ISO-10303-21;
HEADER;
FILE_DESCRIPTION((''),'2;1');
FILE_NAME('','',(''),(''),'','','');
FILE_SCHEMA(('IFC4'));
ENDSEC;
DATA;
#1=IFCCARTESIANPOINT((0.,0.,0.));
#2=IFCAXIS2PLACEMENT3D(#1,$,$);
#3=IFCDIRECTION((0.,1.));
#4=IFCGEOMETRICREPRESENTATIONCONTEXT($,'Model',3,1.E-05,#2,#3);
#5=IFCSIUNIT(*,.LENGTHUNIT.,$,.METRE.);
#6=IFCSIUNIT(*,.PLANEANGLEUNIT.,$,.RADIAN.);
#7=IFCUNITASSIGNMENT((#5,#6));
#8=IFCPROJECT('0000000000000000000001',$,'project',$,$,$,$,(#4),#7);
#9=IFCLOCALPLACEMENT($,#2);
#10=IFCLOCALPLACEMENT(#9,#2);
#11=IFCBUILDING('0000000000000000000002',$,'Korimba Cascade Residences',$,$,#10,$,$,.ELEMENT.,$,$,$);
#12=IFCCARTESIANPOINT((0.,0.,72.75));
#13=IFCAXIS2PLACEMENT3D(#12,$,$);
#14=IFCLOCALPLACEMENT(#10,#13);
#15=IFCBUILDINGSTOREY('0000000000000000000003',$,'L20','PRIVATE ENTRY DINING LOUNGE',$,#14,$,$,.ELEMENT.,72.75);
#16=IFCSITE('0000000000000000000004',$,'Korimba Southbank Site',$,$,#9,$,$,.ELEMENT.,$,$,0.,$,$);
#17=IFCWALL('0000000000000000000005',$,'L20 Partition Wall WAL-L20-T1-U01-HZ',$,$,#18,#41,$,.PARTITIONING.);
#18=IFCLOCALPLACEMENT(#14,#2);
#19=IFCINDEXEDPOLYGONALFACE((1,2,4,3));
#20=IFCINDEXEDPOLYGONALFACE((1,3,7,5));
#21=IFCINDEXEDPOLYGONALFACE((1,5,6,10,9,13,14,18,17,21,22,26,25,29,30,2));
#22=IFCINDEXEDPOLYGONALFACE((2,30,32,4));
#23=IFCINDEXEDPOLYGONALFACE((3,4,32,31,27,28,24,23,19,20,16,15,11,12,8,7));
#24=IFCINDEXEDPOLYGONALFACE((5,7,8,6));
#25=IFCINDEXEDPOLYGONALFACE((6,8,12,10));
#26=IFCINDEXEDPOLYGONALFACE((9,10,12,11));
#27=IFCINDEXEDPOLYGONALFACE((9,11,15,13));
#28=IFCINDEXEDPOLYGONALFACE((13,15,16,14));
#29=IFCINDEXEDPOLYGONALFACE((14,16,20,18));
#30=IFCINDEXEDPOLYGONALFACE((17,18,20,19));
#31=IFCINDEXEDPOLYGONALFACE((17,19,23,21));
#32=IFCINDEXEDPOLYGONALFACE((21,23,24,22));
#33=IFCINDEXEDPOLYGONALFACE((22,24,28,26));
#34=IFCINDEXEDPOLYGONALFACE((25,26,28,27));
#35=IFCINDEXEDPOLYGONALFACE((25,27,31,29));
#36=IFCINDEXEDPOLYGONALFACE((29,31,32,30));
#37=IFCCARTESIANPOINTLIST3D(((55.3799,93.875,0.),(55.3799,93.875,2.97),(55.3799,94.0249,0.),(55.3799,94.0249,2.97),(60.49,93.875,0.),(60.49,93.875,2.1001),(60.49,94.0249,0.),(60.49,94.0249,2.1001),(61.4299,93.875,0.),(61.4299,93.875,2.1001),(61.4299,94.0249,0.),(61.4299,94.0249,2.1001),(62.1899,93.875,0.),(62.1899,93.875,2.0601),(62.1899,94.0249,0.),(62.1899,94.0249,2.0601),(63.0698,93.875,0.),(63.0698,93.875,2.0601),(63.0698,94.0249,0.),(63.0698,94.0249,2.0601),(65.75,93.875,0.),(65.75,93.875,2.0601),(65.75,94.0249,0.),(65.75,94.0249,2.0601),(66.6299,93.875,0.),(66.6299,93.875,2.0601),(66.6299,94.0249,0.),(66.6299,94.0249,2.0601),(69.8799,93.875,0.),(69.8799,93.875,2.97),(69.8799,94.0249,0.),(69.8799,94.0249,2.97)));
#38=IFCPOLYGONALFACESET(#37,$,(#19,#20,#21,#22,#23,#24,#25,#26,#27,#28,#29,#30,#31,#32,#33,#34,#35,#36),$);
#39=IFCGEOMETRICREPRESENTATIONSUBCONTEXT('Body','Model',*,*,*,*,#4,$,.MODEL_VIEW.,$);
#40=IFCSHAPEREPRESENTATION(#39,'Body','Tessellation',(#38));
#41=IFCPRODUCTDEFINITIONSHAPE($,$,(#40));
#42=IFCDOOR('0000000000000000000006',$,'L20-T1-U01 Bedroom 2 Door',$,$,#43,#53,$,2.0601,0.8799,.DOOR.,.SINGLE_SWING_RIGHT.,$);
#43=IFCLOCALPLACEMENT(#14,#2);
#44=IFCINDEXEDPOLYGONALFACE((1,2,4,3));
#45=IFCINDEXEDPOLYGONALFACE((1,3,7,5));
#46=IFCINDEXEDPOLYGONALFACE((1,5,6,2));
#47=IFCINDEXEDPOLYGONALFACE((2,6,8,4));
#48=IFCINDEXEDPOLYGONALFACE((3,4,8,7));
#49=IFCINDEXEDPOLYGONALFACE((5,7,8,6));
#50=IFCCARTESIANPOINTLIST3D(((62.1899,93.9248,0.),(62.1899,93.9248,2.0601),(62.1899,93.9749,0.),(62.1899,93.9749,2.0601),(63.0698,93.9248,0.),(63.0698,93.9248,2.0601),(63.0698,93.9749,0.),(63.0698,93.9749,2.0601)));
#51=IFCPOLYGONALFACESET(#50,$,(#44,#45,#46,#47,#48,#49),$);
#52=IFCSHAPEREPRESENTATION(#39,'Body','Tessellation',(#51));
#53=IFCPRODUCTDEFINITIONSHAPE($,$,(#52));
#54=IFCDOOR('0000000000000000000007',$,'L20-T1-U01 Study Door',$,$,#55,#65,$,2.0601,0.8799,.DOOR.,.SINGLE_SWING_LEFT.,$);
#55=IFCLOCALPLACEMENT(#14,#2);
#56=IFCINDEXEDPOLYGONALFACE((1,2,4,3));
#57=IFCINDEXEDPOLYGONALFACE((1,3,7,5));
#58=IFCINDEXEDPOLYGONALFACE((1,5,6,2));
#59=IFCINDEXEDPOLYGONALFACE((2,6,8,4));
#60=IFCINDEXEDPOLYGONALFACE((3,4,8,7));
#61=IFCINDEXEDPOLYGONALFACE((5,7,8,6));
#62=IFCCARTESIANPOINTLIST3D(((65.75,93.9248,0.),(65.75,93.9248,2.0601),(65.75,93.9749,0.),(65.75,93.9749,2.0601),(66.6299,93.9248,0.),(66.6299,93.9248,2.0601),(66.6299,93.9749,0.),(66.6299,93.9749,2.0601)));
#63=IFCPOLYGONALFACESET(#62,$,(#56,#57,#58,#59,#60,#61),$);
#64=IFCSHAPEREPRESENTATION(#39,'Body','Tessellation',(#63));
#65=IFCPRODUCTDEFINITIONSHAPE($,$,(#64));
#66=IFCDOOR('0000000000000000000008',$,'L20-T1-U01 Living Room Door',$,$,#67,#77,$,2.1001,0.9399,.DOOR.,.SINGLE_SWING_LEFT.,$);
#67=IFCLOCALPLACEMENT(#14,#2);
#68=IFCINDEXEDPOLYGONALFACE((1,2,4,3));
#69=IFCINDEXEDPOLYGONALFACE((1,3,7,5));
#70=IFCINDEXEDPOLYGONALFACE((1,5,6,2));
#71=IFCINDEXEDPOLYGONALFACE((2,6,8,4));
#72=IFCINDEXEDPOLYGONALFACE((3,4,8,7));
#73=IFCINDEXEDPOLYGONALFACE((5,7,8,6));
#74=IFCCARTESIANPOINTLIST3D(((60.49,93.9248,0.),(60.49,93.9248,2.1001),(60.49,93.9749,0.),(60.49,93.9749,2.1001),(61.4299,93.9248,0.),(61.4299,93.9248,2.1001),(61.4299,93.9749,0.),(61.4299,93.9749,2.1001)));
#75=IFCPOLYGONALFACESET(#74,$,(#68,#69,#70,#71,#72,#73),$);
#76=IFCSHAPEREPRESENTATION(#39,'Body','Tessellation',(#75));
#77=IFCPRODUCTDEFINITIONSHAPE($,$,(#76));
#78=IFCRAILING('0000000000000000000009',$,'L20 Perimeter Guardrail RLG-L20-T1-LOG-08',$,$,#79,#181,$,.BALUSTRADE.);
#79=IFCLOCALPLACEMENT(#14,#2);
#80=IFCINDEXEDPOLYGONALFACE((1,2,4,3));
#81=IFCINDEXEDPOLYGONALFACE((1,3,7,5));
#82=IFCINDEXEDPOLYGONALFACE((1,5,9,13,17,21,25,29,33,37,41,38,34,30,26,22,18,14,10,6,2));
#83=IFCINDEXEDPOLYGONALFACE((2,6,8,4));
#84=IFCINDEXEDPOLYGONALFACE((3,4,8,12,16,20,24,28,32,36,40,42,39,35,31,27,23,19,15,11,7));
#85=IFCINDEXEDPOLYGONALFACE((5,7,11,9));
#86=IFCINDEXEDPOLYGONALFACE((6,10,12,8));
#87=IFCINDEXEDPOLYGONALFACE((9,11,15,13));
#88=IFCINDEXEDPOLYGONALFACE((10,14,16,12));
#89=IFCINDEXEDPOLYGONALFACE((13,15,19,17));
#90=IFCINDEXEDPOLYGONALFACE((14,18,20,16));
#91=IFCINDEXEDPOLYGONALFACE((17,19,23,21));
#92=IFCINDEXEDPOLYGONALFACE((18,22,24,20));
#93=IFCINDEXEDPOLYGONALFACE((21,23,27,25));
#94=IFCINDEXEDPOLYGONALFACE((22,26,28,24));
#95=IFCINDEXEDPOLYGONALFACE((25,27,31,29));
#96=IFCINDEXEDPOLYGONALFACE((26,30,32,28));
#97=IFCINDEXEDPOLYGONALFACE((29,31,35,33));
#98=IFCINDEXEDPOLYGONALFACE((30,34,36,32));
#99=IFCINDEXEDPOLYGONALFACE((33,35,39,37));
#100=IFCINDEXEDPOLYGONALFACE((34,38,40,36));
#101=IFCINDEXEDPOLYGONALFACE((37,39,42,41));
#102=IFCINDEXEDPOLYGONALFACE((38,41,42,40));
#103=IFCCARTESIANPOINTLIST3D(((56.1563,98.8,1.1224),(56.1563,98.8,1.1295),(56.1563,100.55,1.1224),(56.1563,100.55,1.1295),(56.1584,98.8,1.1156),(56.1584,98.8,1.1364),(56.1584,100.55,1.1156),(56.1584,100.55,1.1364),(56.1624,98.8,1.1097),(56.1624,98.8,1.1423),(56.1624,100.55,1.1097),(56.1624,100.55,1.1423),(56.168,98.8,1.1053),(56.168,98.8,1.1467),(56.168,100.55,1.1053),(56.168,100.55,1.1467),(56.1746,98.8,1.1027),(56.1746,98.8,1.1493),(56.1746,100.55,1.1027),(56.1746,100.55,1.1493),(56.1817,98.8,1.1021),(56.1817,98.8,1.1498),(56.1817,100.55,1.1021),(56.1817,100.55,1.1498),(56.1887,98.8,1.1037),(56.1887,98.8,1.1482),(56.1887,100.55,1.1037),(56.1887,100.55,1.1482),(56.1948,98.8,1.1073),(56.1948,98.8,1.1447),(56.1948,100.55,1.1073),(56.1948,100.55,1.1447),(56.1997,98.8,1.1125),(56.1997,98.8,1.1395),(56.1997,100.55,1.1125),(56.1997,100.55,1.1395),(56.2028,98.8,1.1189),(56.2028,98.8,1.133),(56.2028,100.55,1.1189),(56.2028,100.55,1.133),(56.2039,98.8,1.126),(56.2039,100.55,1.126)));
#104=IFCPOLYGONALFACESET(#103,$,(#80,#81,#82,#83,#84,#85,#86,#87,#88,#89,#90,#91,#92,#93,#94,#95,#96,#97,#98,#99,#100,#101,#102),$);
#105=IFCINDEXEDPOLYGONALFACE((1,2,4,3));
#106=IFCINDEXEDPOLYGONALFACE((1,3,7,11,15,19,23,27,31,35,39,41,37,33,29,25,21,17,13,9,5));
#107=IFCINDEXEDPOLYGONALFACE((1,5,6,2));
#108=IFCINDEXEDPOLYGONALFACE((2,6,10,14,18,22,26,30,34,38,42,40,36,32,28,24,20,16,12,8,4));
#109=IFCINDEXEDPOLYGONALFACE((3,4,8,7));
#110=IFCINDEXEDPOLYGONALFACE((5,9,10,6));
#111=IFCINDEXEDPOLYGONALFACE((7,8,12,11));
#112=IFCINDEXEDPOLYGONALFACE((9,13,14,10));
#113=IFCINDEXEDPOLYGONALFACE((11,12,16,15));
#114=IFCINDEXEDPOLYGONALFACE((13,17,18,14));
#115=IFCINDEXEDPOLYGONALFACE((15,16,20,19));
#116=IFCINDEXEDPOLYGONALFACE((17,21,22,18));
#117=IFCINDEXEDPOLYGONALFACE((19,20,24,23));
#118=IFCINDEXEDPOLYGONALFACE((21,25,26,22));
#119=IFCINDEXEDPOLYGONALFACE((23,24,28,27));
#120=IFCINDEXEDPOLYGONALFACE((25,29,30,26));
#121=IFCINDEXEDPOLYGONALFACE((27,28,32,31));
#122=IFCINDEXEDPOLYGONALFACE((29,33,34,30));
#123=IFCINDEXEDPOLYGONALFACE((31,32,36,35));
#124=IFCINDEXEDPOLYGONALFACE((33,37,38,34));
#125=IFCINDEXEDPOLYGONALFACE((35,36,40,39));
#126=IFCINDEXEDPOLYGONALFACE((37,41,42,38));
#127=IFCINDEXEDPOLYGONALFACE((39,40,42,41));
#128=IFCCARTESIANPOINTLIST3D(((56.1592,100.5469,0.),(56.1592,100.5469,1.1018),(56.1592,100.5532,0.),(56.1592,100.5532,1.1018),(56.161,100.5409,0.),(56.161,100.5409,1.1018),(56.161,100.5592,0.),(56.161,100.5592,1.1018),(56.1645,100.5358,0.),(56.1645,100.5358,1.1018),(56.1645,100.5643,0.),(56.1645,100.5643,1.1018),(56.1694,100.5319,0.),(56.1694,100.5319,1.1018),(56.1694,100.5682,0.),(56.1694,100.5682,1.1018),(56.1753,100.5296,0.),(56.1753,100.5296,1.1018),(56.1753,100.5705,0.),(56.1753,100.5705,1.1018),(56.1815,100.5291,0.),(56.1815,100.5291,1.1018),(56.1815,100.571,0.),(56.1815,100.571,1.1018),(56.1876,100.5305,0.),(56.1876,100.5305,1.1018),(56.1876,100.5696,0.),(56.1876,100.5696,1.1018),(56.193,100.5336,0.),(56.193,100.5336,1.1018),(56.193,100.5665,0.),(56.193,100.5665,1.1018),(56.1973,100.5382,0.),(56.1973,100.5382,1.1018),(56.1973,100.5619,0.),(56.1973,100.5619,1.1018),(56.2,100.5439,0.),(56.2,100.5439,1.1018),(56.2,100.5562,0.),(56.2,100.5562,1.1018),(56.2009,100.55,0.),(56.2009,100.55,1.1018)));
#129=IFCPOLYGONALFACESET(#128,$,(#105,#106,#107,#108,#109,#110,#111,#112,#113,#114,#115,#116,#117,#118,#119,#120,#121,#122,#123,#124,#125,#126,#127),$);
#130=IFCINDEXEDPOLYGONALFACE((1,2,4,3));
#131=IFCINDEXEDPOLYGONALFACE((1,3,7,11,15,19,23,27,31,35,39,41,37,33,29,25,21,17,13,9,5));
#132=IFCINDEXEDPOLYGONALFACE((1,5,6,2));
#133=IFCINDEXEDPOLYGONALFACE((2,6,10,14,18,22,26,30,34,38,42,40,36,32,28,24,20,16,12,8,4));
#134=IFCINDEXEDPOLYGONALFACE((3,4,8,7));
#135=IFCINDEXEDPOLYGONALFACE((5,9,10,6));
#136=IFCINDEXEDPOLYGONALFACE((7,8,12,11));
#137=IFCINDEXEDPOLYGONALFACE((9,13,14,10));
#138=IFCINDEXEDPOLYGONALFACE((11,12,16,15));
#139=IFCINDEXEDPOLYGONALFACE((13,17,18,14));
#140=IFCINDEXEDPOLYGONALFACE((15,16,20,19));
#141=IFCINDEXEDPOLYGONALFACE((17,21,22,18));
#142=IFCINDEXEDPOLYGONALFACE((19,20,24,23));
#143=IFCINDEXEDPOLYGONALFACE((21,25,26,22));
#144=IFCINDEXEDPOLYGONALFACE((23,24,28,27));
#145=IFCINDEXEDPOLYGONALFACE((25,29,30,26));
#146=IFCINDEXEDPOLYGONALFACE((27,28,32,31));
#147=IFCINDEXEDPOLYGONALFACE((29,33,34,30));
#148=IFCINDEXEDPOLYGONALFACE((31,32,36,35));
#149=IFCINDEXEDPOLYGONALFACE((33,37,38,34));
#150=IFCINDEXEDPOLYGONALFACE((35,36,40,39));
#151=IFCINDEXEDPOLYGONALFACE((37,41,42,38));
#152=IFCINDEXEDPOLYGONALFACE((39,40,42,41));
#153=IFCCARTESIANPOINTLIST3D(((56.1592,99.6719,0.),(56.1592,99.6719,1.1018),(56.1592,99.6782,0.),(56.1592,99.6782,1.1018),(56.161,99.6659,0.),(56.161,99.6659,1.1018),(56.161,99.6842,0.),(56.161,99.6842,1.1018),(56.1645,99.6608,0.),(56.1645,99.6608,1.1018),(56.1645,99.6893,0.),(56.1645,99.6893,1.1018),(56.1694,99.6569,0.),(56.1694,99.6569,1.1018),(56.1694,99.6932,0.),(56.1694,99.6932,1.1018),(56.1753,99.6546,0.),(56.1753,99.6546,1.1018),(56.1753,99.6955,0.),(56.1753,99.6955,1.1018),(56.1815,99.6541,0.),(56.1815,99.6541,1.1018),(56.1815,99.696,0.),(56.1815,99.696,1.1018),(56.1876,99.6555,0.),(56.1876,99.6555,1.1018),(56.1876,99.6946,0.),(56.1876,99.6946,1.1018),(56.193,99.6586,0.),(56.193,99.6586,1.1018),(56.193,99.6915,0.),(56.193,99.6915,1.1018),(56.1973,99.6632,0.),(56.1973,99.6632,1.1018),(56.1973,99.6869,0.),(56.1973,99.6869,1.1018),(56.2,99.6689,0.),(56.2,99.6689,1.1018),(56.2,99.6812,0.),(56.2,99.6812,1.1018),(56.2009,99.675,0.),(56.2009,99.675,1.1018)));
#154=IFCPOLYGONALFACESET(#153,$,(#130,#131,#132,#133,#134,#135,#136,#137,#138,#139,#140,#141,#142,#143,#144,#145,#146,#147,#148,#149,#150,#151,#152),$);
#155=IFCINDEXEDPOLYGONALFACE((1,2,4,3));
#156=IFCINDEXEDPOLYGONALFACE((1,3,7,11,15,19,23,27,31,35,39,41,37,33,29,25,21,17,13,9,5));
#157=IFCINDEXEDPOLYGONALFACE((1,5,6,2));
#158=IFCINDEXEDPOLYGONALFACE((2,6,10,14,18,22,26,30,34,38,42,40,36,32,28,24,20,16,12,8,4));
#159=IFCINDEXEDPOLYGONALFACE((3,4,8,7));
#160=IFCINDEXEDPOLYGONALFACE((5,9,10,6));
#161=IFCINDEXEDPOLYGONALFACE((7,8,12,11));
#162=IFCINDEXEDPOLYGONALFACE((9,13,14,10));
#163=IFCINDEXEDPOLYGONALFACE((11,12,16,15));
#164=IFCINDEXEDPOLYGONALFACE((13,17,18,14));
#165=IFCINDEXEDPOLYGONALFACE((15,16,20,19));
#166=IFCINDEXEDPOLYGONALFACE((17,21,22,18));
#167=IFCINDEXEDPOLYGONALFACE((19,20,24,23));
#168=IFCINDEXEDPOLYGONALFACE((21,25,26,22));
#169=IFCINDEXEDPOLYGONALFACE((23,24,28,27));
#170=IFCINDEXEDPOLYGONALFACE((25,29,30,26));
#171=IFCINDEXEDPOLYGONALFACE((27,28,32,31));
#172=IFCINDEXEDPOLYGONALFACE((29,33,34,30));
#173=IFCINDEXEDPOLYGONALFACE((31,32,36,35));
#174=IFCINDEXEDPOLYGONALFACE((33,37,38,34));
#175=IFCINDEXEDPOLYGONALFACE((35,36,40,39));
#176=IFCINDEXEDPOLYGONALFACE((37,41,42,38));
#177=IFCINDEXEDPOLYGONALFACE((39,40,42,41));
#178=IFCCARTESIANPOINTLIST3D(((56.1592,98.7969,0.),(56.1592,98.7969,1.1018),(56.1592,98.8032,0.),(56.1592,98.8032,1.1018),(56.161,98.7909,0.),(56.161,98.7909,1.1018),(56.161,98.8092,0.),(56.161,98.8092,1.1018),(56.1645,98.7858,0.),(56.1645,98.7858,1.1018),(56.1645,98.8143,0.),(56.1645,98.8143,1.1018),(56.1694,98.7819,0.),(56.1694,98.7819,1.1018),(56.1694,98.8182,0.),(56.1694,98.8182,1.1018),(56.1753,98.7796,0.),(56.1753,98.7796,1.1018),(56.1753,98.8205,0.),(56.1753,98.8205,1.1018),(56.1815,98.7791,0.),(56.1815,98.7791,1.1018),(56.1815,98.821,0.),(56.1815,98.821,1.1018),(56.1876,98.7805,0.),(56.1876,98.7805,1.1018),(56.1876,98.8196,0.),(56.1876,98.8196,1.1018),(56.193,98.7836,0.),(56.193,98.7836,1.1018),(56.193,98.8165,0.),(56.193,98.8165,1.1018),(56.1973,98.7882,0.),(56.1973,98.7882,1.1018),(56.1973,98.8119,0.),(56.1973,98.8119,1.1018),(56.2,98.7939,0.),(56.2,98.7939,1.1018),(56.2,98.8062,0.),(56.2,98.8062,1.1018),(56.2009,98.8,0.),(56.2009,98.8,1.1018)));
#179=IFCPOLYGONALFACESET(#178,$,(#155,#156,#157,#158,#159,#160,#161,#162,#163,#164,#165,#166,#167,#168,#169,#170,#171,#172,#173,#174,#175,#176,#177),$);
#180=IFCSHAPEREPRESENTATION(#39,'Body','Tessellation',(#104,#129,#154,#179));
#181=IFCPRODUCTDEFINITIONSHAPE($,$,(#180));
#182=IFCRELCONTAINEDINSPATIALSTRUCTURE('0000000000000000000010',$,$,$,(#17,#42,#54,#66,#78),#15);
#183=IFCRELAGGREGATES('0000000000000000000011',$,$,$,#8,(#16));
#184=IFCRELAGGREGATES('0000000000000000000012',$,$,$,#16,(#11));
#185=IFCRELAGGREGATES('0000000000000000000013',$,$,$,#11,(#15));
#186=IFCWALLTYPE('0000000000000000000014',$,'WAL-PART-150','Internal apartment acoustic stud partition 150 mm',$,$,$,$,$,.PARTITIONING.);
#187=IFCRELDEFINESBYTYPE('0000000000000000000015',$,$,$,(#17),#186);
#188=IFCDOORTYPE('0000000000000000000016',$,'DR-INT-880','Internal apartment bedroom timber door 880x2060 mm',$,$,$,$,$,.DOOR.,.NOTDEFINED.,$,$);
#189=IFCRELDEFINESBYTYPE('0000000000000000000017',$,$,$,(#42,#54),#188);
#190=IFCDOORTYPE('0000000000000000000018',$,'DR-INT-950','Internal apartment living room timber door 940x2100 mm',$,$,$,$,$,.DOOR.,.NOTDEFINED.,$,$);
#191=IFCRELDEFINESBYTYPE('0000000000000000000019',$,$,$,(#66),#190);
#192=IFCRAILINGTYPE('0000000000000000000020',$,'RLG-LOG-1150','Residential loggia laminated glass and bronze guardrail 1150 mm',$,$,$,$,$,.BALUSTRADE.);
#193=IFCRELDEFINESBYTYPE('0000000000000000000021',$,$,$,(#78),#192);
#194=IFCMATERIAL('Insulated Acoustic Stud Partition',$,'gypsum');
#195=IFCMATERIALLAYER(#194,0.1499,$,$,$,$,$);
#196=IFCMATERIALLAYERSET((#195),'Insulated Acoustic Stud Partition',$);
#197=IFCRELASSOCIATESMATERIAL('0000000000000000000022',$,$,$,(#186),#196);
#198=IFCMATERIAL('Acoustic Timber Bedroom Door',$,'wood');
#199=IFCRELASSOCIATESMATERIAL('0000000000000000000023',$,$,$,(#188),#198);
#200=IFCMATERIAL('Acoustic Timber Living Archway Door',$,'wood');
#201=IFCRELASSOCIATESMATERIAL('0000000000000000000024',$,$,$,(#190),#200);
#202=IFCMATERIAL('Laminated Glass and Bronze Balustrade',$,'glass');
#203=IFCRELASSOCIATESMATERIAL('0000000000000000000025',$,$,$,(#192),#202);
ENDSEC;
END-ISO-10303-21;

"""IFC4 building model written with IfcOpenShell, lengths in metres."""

from ifc_helpers import new_model, si_unit, direction, frame, frame_2d, origin, origin_2d, place, context, subcontext, project, spatial, rectangle, circle, extrude, material, layer, layer_set, type_object, element, fill, save


model = new_model("IFC4")

# Units and contexts
model_context = context("Model", 3, precision=1e-05, world=origin(), true_north=direction((0.0, 1.0)))
body_context = subcontext(model_context, "Body", "Model", "MODEL_VIEW")
ifc_project = project(units=[si_unit("LENGTHUNIT", "METRE"), si_unit("PLANEANGLEUNIT", "RADIAN")], contexts=[model_context])

# Site, building, storey
site_placement = place(None, origin())
site = spatial("IfcSite", under=ifc_project, at=site_placement, Name="Korimba Southbank Site", CompositionType="ELEMENT", RefElevation=0.0)
building_placement = place(site_placement, origin())
building = spatial("IfcBuilding", under=site, at=building_placement, Name="Korimba Cascade Residences", CompositionType="ELEMENT")
storey_placement = place(building_placement, frame((0.0, 0.0, 72.75)))
storey = spatial("IfcBuildingStorey", under=building, at=storey_placement, Name="L20", Description="PRIVATE ENTRY DINING LOUNGE", CompositionType="ELEMENT", Elevation=72.75)

# Shared definitions
ifc_material_1 = material(Name="Insulated Acoustic Stud Partition", Category="gypsum")
ifc_layer_1 = layer(ifc_material_1, 0.1499)
ifc_layer_set_1 = layer_set([ifc_layer_1], Name="Insulated Acoustic Stud Partition")
wall_type_1 = type_object("IfcWallType", Name="WAL-PART-150", Description="Internal apartment acoustic stud partition 150 mm", PredefinedType="PARTITIONING", material=ifc_layer_set_1)

# Wall, openings, doors
wall_1_placement = place(storey_placement, frame((55.3799, 93.95, 0.0), z_axis=(0.0, 0.0, 1.0), x_axis=(1.0, 0.0, 0.0)))
wall_1 = element("IfcWall", 1, at=wall_1_placement, inside=storey, type_object=wall_type_1, Name="L20 Partition Wall WAL-L20-T1-U01-HZ", PredefinedType="PARTITIONING", context=body_context, shape_type="SweptSolid", body=[
    extrude(rectangle(XDim=14.5, YDim=0.1499, at=frame_2d((7.25, 0.0))), origin(), (0.0, 0.0, 1.0), 2.97),
])
opening_1_placement = place(wall_1_placement, frame((5.1101, 0.0, 0.0)))
opening_1 = element("IfcOpeningElement", 2, at=opening_1_placement, cuts=wall_1, PredefinedType="OPENING", context=body_context, shape_type="SweptSolid", body=[
    extrude(rectangle(XDim=0.9399, YDim=2.1001, at=frame_2d((0.47, 1.05))), frame((0.0, 0.085, 0.0), z_axis=(0.0, -1.0, 0.0), x_axis=(1.0, 0.0, 0.0)), (0.0, 0.0, 1.0), 0.1699),
])
opening_2_placement = place(wall_1_placement, frame((6.8101, 0.0, 0.0)))
opening_2 = element("IfcOpeningElement", 3, at=opening_2_placement, cuts=wall_1, PredefinedType="OPENING", context=body_context, shape_type="SweptSolid", body=[
    extrude(rectangle(XDim=0.8799, YDim=2.0601, at=frame_2d((0.4399, 1.03))), frame((0.0, 0.085, 0.0), z_axis=(0.0, -1.0, 0.0), x_axis=(1.0, 0.0, 0.0)), (0.0, 0.0, 1.0), 0.1699),
])
opening_3_placement = place(wall_1_placement, frame((10.3701, 0.0, 0.0)))
opening_3 = element("IfcOpeningElement", 4, at=opening_3_placement, cuts=wall_1, PredefinedType="OPENING", context=body_context, shape_type="SweptSolid", body=[
    extrude(rectangle(XDim=0.8799, YDim=2.0601, at=frame_2d((0.4399, 1.03))), frame((0.0, 0.085, 0.0), z_axis=(0.0, -1.0, 0.0), x_axis=(1.0, 0.0, 0.0)), (0.0, 0.0, 1.0), 0.1699),
])
ifc_material_2 = material(Name="Acoustic Timber Bedroom Door", Category="wood")
door_type_1 = type_object("IfcDoorType", Name="DR-INT-880", Description="Internal apartment bedroom timber door 880x2060 mm", OperationType="NOTDEFINED", PredefinedType="DOOR", material=ifc_material_2)
door_1_placement = place(opening_2_placement, origin())
door_1 = element("IfcDoor", 5, at=door_1_placement, inside=storey, type_object=door_type_1, Name="L20-T1-U01 Bedroom 2 Door", OperationType="SINGLE_SWING_RIGHT", OverallHeight=2.0601, OverallWidth=0.8799, PredefinedType="DOOR", context=body_context, shape_type="SweptSolid", body=[
    extrude(rectangle(XDim=0.8799, YDim=2.0601, at=frame_2d((0.4399, 1.03))), frame((0.0, 0.0249, 0.0), z_axis=(0.0, -1.0, 0.0), x_axis=(1.0, 0.0, 0.0)), (0.0, 0.0, 1.0), 0.05),
])
fill(opening_2, door_1)
door_2_placement = place(opening_3_placement, origin())
door_2 = element("IfcDoor", 6, at=door_2_placement, inside=storey, type_object=door_type_1, Name="L20-T1-U01 Study Door", OperationType="SINGLE_SWING_LEFT", OverallHeight=2.0601, OverallWidth=0.8799, PredefinedType="DOOR", context=body_context, shape_type="SweptSolid", body=[
    extrude(rectangle(XDim=0.8799, YDim=2.0601, at=frame_2d((0.4399, 1.03))), frame((0.0, 0.0249, 0.0), z_axis=(0.0, -1.0, 0.0), x_axis=(1.0, 0.0, 0.0)), (0.0, 0.0, 1.0), 0.05),
])
fill(opening_3, door_2)
ifc_material_3 = material(Name="Acoustic Timber Living Archway Door", Category="wood")
door_type_2 = type_object("IfcDoorType", Name="DR-INT-950", Description="Internal apartment living room timber door 940x2100 mm", OperationType="NOTDEFINED", PredefinedType="DOOR", material=ifc_material_3)
door_3_placement = place(opening_1_placement, origin())
door_3 = element("IfcDoor", 7, at=door_3_placement, inside=storey, type_object=door_type_2, Name="L20-T1-U01 Living Room Door", OperationType="SINGLE_SWING_LEFT", OverallHeight=2.1001, OverallWidth=0.9399, PredefinedType="DOOR", context=body_context, shape_type="SweptSolid", body=[
    extrude(rectangle(XDim=0.9399, YDim=2.1001, at=frame_2d((0.47, 1.05))), frame((0.0, 0.0249, 0.0), z_axis=(0.0, -1.0, 0.0), x_axis=(1.0, 0.0, 0.0)), (0.0, 0.0, 1.0), 0.05),
])
fill(opening_1, door_3)

# Railing
ifc_material_4 = material(Name="Laminated Glass and Bronze Balustrade", Category="glass")
railing_type = type_object("IfcRailingType", Name="RLG-LOG-1150", Description="Residential loggia laminated glass and bronze guardrail 1150 mm", PredefinedType="BALUSTRADE", material=ifc_material_4)
railing_1_placement = place(storey_placement, frame((56.1799, 100.55, 0.0)))
element("IfcRailing", 8, at=railing_1_placement, inside=storey, type_object=railing_type, Name="L20 Perimeter Guardrail RLG-L20-T1-LOG-08", PredefinedType="BALUSTRADE", context=body_context, shape_type="SweptSolid", body=[
    extrude(circle(Radius=0.0239, at=origin_2d()), frame((0.0, 0.0, 1.126), z_axis=(0.0, -1.0, 0.0), x_axis=(1.0, 0.0, 0.0)), (0.0, 0.0, 1.0), 1.75),
    extrude(circle(Radius=0.021, at=origin_2d()), origin(), (0.0, 0.0, 1.0), 1.1018),
    extrude(circle(Radius=0.021, at=origin_2d()), frame((0.0, -0.875, 0.0)), (0.0, 0.0, 1.0), 1.1018),
    extrude(circle(Radius=0.021, at=origin_2d()), frame((0.0, -1.75, 0.0)), (0.0, 0.0, 1.0), 1.1018),
])

save(model, "model.ifc")
